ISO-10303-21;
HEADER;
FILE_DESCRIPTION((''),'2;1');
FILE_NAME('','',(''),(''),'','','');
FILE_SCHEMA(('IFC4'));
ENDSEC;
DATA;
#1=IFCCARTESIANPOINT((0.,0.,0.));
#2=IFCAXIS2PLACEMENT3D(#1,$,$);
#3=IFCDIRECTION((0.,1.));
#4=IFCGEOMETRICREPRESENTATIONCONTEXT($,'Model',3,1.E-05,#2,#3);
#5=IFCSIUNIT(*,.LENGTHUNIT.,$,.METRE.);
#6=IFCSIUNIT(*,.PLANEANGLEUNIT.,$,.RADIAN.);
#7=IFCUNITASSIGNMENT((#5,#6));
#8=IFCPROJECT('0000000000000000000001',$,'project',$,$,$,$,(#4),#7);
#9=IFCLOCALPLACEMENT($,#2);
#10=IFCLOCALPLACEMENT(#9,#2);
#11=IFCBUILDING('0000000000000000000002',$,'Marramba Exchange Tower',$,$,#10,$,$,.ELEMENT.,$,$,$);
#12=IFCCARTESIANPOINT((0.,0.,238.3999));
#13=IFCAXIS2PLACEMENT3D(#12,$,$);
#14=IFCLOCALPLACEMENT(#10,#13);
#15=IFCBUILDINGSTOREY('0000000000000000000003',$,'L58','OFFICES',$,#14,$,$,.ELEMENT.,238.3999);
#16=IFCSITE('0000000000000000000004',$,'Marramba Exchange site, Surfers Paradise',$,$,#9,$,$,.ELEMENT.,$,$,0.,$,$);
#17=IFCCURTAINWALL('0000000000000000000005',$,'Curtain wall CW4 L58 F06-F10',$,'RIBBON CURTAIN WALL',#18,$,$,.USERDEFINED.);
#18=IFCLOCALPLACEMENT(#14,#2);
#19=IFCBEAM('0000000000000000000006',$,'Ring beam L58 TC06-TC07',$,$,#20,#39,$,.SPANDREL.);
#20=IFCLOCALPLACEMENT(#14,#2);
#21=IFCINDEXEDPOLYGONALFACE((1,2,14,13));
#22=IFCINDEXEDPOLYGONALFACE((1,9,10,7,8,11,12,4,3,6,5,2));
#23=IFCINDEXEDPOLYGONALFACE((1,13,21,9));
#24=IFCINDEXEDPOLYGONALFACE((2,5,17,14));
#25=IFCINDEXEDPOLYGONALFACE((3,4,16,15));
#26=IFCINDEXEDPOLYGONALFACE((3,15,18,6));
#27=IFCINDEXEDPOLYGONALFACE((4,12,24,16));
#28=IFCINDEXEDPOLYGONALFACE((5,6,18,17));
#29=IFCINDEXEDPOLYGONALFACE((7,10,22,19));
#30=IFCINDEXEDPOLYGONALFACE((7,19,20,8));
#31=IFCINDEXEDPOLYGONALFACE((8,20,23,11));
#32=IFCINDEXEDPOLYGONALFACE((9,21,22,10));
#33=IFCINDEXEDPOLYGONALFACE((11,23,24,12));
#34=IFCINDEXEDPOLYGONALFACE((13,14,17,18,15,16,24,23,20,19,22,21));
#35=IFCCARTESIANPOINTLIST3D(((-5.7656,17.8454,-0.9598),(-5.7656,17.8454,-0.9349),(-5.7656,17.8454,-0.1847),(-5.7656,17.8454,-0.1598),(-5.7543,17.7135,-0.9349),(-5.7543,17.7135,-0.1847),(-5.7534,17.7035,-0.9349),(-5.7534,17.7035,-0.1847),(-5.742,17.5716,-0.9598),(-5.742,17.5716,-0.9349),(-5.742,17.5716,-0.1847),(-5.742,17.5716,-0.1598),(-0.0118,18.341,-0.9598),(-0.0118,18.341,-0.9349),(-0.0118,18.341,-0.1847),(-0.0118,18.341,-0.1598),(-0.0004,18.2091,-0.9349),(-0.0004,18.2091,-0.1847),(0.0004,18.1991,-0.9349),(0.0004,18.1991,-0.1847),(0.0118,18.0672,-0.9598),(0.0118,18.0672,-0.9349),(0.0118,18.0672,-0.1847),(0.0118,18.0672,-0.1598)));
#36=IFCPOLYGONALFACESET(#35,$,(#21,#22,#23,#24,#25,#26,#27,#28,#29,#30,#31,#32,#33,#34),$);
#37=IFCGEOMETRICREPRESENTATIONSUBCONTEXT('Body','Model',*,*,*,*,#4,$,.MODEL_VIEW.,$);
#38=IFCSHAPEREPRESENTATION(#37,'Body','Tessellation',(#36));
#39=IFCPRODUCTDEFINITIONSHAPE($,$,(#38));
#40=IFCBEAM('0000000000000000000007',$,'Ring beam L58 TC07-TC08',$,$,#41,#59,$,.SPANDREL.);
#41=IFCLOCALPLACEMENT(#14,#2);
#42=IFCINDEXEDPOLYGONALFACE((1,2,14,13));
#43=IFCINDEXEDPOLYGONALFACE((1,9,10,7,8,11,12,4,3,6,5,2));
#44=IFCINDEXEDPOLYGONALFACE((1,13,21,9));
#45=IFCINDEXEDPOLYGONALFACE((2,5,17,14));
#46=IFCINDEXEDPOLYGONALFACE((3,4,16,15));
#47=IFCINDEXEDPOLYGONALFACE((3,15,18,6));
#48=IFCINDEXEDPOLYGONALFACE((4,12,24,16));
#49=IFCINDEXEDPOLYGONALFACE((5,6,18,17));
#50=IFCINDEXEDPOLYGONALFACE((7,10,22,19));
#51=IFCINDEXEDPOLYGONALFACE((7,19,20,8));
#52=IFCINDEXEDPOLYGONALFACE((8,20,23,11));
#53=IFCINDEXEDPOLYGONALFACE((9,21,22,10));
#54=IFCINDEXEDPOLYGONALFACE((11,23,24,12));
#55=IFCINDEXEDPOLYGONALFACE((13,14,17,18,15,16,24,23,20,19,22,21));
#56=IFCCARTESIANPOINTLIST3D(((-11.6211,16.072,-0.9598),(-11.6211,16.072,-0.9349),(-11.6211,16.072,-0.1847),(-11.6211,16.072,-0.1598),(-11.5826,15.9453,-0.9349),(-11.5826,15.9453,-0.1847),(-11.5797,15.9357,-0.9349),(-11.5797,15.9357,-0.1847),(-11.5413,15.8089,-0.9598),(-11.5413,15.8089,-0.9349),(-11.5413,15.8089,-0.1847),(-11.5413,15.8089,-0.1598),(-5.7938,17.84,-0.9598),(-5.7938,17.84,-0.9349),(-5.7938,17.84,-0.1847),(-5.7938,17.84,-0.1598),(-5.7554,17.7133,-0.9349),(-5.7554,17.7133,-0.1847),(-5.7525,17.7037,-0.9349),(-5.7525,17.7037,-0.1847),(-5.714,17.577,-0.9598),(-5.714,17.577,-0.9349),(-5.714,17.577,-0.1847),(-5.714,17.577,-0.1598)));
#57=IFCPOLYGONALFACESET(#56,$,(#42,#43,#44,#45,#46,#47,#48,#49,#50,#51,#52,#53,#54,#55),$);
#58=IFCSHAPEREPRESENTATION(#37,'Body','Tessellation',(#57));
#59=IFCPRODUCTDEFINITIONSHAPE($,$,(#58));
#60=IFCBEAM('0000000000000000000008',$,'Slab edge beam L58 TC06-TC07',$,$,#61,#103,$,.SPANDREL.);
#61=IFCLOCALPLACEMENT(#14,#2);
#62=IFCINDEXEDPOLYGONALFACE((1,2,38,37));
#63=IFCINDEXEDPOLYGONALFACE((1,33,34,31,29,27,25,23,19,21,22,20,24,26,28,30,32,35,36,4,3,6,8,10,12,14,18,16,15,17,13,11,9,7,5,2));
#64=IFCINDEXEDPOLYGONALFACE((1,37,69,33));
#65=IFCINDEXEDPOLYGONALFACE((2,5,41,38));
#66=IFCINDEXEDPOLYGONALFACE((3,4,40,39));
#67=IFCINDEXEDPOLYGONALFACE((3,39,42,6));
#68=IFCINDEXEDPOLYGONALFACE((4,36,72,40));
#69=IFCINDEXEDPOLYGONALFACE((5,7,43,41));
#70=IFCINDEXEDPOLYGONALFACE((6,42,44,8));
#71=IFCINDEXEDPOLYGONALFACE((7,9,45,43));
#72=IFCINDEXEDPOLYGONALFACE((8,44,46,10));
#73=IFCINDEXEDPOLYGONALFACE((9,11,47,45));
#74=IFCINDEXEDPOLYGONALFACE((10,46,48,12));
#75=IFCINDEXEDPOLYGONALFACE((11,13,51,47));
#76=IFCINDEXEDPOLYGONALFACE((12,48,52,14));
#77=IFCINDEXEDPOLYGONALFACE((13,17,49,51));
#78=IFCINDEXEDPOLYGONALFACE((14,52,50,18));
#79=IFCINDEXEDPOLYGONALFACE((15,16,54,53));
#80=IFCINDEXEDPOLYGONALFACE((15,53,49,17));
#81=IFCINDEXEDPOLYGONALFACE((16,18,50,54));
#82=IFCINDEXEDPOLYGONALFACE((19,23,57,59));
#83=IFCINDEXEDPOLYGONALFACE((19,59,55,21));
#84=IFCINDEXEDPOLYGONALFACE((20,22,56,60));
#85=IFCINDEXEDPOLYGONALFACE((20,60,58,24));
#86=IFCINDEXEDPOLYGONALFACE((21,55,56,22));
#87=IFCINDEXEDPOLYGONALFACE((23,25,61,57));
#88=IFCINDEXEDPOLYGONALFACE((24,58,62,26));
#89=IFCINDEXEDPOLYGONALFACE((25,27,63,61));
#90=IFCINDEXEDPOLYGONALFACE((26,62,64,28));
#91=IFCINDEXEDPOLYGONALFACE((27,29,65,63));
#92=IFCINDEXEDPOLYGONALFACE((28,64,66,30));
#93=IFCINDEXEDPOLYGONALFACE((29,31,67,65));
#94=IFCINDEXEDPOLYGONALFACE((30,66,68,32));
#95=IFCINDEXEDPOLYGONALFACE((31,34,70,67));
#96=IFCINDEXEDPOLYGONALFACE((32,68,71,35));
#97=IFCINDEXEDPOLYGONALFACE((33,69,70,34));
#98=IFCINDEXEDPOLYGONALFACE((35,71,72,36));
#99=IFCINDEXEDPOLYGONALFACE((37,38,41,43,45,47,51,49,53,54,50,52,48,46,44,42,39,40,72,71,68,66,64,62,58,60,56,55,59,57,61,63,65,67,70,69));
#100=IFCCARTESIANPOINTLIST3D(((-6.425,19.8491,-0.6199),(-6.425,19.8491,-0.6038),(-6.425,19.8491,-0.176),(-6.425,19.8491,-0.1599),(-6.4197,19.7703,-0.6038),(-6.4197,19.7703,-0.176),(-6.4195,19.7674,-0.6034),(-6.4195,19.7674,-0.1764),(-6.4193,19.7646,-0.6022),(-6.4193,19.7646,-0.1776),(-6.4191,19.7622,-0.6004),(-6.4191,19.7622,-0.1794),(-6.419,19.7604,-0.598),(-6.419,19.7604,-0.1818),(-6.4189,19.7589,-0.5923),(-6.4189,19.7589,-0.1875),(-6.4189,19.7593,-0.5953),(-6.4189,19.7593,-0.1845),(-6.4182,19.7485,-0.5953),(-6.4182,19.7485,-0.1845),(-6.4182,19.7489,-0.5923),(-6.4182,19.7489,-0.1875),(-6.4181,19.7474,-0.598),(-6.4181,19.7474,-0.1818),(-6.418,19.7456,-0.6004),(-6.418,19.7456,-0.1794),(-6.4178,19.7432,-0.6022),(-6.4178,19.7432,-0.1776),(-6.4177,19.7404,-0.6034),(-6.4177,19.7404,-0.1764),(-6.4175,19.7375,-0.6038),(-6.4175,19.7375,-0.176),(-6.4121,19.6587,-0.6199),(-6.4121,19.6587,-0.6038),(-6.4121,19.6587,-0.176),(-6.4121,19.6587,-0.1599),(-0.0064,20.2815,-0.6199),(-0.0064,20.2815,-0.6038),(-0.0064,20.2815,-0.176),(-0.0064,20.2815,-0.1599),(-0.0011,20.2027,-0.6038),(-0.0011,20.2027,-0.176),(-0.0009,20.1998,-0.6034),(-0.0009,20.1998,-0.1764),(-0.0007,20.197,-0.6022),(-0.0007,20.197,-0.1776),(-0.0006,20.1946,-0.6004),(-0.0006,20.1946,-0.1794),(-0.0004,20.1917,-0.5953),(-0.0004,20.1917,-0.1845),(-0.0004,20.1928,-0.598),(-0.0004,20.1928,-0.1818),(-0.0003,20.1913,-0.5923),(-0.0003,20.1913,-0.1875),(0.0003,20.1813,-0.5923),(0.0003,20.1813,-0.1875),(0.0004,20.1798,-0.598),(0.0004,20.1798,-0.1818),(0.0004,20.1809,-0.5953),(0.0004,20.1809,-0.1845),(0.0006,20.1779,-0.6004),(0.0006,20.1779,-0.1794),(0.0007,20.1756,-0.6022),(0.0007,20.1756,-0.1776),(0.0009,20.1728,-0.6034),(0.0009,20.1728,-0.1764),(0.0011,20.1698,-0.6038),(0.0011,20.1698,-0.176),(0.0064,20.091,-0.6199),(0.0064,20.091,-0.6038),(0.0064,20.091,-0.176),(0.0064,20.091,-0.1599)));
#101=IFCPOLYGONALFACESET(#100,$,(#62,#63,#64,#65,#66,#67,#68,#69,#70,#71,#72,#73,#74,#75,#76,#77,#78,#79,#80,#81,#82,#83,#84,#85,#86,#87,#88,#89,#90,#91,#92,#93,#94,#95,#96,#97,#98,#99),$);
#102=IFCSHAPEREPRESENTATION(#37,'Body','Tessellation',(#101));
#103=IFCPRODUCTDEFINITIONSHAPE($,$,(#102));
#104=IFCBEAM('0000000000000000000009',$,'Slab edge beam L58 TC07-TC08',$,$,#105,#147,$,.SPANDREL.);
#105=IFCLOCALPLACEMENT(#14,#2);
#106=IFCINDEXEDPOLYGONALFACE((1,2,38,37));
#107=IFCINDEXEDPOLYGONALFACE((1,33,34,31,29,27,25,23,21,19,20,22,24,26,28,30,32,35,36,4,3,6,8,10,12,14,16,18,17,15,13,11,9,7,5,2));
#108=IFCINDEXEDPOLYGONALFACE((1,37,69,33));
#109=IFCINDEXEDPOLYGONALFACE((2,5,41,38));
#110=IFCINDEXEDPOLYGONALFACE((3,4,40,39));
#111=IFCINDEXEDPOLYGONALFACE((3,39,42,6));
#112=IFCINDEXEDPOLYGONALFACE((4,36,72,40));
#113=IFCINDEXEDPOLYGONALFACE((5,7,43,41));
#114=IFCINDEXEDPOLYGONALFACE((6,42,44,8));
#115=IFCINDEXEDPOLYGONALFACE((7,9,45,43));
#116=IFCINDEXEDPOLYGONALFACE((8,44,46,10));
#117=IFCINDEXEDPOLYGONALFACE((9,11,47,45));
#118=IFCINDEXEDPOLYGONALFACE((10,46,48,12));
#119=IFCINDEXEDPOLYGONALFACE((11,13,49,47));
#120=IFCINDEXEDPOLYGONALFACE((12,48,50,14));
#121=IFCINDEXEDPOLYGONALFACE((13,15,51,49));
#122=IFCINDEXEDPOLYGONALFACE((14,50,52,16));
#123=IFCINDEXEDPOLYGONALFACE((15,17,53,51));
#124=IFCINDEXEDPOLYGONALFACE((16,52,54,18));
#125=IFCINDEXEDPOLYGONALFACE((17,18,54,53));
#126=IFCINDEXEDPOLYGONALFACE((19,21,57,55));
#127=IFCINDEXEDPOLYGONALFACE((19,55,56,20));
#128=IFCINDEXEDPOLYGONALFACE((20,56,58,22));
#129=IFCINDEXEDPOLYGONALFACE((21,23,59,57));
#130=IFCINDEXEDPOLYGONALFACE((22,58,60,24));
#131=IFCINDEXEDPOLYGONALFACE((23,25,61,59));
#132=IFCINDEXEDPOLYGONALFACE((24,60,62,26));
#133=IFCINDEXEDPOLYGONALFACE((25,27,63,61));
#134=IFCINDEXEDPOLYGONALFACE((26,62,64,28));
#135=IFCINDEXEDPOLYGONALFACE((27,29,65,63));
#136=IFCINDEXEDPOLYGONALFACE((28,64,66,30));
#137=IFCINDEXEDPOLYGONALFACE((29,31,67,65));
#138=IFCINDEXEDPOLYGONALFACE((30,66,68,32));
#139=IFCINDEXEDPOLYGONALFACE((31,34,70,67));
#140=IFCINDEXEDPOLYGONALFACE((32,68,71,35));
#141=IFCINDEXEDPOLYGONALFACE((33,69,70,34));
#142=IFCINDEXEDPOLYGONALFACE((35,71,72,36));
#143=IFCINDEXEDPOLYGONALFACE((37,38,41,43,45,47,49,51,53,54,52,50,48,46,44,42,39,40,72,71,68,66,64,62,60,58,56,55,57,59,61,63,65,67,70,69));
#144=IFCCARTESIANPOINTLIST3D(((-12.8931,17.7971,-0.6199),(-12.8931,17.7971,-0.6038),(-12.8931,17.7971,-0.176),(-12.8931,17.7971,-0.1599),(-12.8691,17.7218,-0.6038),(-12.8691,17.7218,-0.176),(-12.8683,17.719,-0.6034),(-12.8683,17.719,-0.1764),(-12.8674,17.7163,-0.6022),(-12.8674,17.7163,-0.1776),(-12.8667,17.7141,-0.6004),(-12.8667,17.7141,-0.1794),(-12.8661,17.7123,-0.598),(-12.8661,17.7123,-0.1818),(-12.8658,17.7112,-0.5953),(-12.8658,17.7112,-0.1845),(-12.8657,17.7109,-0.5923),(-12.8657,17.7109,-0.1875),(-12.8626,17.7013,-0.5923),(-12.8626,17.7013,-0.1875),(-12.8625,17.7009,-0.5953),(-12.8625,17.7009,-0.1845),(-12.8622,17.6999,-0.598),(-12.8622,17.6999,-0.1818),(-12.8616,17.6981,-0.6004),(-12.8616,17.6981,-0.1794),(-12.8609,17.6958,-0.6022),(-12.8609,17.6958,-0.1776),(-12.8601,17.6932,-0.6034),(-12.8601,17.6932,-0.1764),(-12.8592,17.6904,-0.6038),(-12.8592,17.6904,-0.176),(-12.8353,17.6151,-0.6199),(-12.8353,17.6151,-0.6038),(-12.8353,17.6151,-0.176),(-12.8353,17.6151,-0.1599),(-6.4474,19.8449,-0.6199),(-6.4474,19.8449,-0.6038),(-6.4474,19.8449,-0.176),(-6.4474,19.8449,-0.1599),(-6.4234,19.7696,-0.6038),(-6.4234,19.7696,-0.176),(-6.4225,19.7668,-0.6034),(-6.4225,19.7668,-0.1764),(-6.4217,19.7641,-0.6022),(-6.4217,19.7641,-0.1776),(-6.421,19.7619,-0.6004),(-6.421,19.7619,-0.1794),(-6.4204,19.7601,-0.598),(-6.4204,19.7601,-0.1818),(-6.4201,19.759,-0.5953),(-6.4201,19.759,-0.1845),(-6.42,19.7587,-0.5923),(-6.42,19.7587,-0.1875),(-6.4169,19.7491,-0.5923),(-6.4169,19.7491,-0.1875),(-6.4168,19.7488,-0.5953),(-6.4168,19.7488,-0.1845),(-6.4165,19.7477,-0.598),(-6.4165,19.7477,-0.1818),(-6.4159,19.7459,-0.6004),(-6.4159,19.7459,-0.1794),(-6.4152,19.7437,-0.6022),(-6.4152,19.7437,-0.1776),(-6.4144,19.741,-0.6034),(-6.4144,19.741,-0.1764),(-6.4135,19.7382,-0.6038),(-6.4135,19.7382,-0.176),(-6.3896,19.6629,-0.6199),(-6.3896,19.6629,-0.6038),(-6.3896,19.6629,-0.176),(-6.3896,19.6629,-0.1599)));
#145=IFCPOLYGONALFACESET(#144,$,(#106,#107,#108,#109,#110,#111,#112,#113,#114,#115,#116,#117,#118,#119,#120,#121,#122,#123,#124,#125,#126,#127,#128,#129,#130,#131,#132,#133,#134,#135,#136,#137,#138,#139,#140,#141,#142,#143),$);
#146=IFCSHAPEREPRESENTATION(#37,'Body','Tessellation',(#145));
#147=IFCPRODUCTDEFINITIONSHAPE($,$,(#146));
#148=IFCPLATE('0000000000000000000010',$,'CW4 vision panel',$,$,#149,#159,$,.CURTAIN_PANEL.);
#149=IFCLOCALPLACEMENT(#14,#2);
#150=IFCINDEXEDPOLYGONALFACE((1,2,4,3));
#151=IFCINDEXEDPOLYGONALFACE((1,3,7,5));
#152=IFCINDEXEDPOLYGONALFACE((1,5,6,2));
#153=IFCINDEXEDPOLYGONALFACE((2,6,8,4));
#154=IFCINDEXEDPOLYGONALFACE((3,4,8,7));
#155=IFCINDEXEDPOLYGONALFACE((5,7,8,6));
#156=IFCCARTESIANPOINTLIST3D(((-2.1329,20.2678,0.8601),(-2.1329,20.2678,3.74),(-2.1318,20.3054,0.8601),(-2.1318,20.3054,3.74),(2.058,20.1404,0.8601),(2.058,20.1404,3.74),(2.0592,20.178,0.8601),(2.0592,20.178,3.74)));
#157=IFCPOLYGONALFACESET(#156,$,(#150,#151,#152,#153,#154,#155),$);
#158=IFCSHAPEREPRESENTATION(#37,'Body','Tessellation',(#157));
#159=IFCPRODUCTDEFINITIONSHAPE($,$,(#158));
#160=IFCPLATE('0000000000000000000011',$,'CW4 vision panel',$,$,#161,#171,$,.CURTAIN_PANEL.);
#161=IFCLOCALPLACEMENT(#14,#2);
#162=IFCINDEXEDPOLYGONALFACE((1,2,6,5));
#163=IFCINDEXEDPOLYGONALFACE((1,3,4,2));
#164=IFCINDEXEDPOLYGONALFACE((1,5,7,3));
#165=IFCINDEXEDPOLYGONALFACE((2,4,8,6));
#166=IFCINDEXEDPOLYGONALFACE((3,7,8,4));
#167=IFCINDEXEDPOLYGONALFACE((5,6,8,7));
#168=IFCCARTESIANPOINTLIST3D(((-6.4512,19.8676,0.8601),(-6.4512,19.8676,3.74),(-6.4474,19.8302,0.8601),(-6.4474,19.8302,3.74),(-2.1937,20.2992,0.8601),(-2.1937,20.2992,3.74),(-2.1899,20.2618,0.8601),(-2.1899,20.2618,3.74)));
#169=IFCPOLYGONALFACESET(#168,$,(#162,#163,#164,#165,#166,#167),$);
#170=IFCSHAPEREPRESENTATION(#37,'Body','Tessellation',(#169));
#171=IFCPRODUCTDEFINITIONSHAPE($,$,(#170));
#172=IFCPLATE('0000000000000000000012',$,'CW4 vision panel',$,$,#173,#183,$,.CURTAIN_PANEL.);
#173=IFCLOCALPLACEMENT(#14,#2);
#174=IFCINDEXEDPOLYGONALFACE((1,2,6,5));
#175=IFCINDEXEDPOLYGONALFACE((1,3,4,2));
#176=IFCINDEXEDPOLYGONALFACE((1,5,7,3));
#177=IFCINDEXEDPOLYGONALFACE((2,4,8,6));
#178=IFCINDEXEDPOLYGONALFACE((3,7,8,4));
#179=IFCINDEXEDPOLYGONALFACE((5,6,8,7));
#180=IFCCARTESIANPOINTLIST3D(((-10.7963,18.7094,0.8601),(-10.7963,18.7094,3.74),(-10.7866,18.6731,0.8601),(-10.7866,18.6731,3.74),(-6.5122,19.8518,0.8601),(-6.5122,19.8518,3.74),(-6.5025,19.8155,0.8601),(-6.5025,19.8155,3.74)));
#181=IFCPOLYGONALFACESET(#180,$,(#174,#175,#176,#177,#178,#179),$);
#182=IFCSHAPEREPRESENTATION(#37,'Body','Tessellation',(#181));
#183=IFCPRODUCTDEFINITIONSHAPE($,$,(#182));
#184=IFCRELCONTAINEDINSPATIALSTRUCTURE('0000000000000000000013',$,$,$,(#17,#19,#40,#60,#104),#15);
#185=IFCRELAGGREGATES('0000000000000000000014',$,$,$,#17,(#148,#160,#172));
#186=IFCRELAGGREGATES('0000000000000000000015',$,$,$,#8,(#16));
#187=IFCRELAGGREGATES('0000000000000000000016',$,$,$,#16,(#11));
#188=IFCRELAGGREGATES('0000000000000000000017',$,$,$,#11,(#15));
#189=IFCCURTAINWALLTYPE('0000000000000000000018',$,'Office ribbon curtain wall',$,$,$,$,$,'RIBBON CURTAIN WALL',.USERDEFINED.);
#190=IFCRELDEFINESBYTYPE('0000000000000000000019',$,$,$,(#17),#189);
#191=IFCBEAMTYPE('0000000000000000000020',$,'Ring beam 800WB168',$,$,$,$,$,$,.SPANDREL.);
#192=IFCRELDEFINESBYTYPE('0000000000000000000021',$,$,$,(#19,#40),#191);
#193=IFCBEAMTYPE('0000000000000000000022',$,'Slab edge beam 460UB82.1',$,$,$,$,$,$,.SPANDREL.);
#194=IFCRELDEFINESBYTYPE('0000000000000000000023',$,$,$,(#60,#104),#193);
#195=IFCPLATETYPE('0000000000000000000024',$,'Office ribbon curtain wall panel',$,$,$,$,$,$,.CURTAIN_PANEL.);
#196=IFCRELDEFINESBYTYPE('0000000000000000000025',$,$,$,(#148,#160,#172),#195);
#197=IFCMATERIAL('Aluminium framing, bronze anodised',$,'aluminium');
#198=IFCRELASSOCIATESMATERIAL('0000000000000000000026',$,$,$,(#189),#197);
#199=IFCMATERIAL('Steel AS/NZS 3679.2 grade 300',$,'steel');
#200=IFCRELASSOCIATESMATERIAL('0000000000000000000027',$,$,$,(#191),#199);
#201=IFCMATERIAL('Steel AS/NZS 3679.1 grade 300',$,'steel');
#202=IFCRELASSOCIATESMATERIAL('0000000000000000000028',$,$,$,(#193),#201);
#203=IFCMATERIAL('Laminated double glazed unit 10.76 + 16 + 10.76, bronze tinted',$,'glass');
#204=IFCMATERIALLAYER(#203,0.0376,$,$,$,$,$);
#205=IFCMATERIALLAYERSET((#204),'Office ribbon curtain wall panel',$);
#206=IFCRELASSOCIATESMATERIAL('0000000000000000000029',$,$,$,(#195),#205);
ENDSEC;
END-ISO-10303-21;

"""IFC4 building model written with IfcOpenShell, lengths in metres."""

from ifc_helpers import new_model, si_unit, direction, frame, origin, origin_2d, place, context, subcontext, project, spatial, rectangle, i_section, extrude, material, layer, layer_set, material_profile, profile_set, type_object, element, aggregate, save


model = new_model("IFC4")

# Units and contexts
model_context = context("Model", 3, precision=1e-05, world=origin(), true_north=direction((0.0, 1.0)))
body_context = subcontext(model_context, "Body", "Model", "MODEL_VIEW")
ifc_project = project(units=[si_unit("LENGTHUNIT", "METRE"), si_unit("PLANEANGLEUNIT", "RADIAN")], contexts=[model_context])

# Site, building, storey
site_placement = place(None, origin())
site = spatial("IfcSite", under=ifc_project, at=site_placement, Name="Marramba Exchange site, Surfers Paradise", CompositionType="ELEMENT", RefElevation=0.0)
building_placement = place(site_placement, origin())
building = spatial("IfcBuilding", under=site, at=building_placement, Name="Marramba Exchange Tower", CompositionType="ELEMENT")
storey_placement = place(building_placement, frame((0.0, 0.0, 238.3999)))
storey = spatial("IfcBuildingStorey", under=building, at=storey_placement, Name="L58", Description="OFFICES", CompositionType="ELEMENT", Elevation=238.3999)

# Shared definitions
ifc_material_1 = material(Name="Steel AS/NZS 3679.2 grade 300", Category="steel")

# Curtain wall
ifc_material_2 = material(Name="Aluminium framing, bronze anodised", Category="aluminium")
curtain_wall_type = type_object("IfcCurtainWallType", Name="Office ribbon curtain wall", ElementType="RIBBON CURTAIN WALL", PredefinedType="USERDEFINED", material=ifc_material_2)
curtain_wall_1_placement = place(storey_placement, origin())
curtain_wall_1 = element("IfcCurtainWall", 1, at=curtain_wall_1_placement, inside=storey, type_object=curtain_wall_type, Name="Curtain wall CW4 L58 F06-F10", ObjectType="RIBBON CURTAIN WALL", PredefinedType="USERDEFINED")

# Beams
ifc_material_profile_1 = material_profile(ifc_material_1, i_section(OverallWidth=0.2749, OverallDepth=0.8, WebThickness=0.01, FlangeThickness=0.0249, at=origin_2d()), Name="800WB168")
ifc_profile_set_1 = profile_set([ifc_material_profile_1], Name="Steel AS/NZS 3679.2 grade 300")
beam_type_1 = type_object("IfcBeamType", Name="Ring beam 800WB168", PredefinedType="SPANDREL", material=ifc_profile_set_1)
beam_1_placement = place(storey_placement, frame((0.0, 18.2041, -0.5598), z_axis=(-0.996311, -0.085816, 0.0), x_axis=(0.085816, -0.996311, 0.0)))
element("IfcBeam", 2, at=beam_1_placement, inside=storey, type_object=beam_type_1, Name="Ring beam L58 TC06-TC07", PredefinedType="SPANDREL", context=body_context, shape_type="SweptSolid", body=[
    extrude(i_section(OverallWidth=0.2749, OverallDepth=0.8, WebThickness=0.01, FlangeThickness=0.0249, at=origin_2d()), origin(), (0.0, 0.0, 1.0), 5.7751),
])
beam_2_placement = place(storey_placement, frame((-5.7539, 17.7085, -0.5598), z_axis=(-0.956925, -0.290337, 0.0), x_axis=(0.290337, -0.956925, 0.0)))
element("IfcBeam", 3, at=beam_2_placement, inside=storey, type_object=beam_type_1, Name="Ring beam L58 TC07-TC08", PredefinedType="SPANDREL", context=body_context, shape_type="SweptSolid", body=[
    extrude(i_section(OverallWidth=0.2749, OverallDepth=0.8, WebThickness=0.01, FlangeThickness=0.0249, at=origin_2d()), origin(), (0.0, 0.0, 1.0), 6.0896),
])
ifc_material_3 = material(Name="Steel AS/NZS 3679.1 grade 300", Category="steel")
ifc_material_profile_2 = material_profile(ifc_material_3, i_section(OverallWidth=0.1909, OverallDepth=0.46, WebThickness=0.01, FlangeThickness=0.0161, FilletRadius=0.0115, at=origin_2d()), Name="460UB82.1")
ifc_profile_set_2 = profile_set([ifc_material_profile_2], Name="Steel AS/NZS 3679.1 grade 300")
beam_type_2 = type_object("IfcBeamType", Name="Slab edge beam 460UB82.1", PredefinedType="SPANDREL", material=ifc_profile_set_2)
beam_3_placement = place(storey_placement, frame((0.0, 20.1863, -0.3899), z_axis=(-0.997739, -0.067212, 0.0), x_axis=(0.067212, -0.997739, 0.0)))
element("IfcBeam", 4, at=beam_3_placement, inside=storey, type_object=beam_type_2, Name="Slab edge beam L58 TC06-TC07", PredefinedType="SPANDREL", context=body_context, shape_type="SweptSolid", body=[
    extrude(i_section(OverallWidth=0.1909, OverallDepth=0.46, WebThickness=0.01, FlangeThickness=0.0161, FilletRadius=0.0115, at=origin_2d()), origin(), (0.0, 0.0, 1.0), 6.4331),
])
beam_4_placement = place(storey_placement, frame((-6.4185, 19.7539, -0.3899), z_axis=(-0.953057, -0.302789, 0.0), x_axis=(0.302789, -0.953057, 0.0)))
element("IfcBeam", 5, at=beam_4_placement, inside=storey, type_object=beam_type_2, Name="Slab edge beam L58 TC07-TC08", PredefinedType="SPANDREL", context=body_context, shape_type="SweptSolid", body=[
    extrude(i_section(OverallWidth=0.1909, OverallDepth=0.46, WebThickness=0.01, FlangeThickness=0.0161, FilletRadius=0.0115, at=origin_2d()), origin(), (0.0, 0.0, 1.0), 6.7632),
])

# Plates
ifc_material_4 = material(Name="Laminated double glazed unit 10.76 + 16 + 10.76, bronze tinted", Category="glass")
ifc_layer_1 = layer(ifc_material_4, 0.0376)
ifc_layer_set_1 = layer_set([ifc_layer_1], Name="Office ribbon curtain wall panel")
plate_type = type_object("IfcPlateType", Name="Office ribbon curtain wall panel", PredefinedType="CURTAIN_PANEL", material=ifc_layer_set_1)
plate_1_placement = place(storey_placement, frame((-0.0369, 20.2229, 0.8601), z_axis=(0.0, 0.0, 1.0), x_axis=(-0.999538, 0.030394, 0.0)))
plate_1 = element("IfcPlate", 6, at=plate_1_placement, type_object=plate_type, Name="CW4 vision panel", PredefinedType="CURTAIN_PANEL", context=body_context, shape_type="SweptSolid", body=[
    extrude(rectangle(XDim=4.1929, YDim=0.0376, at=origin_2d()), origin(), (0.0, 0.0, 1.0), 2.8799),
])
plate_2_placement = place(storey_placement, frame((-4.3206, 20.0647, 0.8601), z_axis=(0.0, 0.0, 1.0), x_axis=(-0.9949, -0.100863, 0.0)))
plate_2 = element("IfcPlate", 7, at=plate_2_placement, type_object=plate_type, Name="CW4 vision panel", PredefinedType="CURTAIN_PANEL", context=body_context, shape_type="SweptSolid", body=[
    extrude(rectangle(XDim=4.2793, YDim=0.0376, at=origin_2d()), origin(), (0.0, 0.0, 1.0), 2.8799),
])
plate_3_placement = place(storey_placement, frame((-8.6494, 19.2625, 0.8601), z_axis=(0.0, 0.0, 1.0), x_axis=(-0.966241, -0.257641, 0.0)))
plate_3 = element("IfcPlate", 8, at=plate_3_placement, type_object=plate_type, Name="CW4 vision panel", PredefinedType="CURTAIN_PANEL", context=body_context, shape_type="SweptSolid", body=[
    extrude(rectangle(XDim=4.4338, YDim=0.0376, at=origin_2d()), origin(), (0.0, 0.0, 1.0), 2.8799),
])
aggregate(curtain_wall_1, [plate_1, plate_2, plate_3])

save(model, "model.ifc")
